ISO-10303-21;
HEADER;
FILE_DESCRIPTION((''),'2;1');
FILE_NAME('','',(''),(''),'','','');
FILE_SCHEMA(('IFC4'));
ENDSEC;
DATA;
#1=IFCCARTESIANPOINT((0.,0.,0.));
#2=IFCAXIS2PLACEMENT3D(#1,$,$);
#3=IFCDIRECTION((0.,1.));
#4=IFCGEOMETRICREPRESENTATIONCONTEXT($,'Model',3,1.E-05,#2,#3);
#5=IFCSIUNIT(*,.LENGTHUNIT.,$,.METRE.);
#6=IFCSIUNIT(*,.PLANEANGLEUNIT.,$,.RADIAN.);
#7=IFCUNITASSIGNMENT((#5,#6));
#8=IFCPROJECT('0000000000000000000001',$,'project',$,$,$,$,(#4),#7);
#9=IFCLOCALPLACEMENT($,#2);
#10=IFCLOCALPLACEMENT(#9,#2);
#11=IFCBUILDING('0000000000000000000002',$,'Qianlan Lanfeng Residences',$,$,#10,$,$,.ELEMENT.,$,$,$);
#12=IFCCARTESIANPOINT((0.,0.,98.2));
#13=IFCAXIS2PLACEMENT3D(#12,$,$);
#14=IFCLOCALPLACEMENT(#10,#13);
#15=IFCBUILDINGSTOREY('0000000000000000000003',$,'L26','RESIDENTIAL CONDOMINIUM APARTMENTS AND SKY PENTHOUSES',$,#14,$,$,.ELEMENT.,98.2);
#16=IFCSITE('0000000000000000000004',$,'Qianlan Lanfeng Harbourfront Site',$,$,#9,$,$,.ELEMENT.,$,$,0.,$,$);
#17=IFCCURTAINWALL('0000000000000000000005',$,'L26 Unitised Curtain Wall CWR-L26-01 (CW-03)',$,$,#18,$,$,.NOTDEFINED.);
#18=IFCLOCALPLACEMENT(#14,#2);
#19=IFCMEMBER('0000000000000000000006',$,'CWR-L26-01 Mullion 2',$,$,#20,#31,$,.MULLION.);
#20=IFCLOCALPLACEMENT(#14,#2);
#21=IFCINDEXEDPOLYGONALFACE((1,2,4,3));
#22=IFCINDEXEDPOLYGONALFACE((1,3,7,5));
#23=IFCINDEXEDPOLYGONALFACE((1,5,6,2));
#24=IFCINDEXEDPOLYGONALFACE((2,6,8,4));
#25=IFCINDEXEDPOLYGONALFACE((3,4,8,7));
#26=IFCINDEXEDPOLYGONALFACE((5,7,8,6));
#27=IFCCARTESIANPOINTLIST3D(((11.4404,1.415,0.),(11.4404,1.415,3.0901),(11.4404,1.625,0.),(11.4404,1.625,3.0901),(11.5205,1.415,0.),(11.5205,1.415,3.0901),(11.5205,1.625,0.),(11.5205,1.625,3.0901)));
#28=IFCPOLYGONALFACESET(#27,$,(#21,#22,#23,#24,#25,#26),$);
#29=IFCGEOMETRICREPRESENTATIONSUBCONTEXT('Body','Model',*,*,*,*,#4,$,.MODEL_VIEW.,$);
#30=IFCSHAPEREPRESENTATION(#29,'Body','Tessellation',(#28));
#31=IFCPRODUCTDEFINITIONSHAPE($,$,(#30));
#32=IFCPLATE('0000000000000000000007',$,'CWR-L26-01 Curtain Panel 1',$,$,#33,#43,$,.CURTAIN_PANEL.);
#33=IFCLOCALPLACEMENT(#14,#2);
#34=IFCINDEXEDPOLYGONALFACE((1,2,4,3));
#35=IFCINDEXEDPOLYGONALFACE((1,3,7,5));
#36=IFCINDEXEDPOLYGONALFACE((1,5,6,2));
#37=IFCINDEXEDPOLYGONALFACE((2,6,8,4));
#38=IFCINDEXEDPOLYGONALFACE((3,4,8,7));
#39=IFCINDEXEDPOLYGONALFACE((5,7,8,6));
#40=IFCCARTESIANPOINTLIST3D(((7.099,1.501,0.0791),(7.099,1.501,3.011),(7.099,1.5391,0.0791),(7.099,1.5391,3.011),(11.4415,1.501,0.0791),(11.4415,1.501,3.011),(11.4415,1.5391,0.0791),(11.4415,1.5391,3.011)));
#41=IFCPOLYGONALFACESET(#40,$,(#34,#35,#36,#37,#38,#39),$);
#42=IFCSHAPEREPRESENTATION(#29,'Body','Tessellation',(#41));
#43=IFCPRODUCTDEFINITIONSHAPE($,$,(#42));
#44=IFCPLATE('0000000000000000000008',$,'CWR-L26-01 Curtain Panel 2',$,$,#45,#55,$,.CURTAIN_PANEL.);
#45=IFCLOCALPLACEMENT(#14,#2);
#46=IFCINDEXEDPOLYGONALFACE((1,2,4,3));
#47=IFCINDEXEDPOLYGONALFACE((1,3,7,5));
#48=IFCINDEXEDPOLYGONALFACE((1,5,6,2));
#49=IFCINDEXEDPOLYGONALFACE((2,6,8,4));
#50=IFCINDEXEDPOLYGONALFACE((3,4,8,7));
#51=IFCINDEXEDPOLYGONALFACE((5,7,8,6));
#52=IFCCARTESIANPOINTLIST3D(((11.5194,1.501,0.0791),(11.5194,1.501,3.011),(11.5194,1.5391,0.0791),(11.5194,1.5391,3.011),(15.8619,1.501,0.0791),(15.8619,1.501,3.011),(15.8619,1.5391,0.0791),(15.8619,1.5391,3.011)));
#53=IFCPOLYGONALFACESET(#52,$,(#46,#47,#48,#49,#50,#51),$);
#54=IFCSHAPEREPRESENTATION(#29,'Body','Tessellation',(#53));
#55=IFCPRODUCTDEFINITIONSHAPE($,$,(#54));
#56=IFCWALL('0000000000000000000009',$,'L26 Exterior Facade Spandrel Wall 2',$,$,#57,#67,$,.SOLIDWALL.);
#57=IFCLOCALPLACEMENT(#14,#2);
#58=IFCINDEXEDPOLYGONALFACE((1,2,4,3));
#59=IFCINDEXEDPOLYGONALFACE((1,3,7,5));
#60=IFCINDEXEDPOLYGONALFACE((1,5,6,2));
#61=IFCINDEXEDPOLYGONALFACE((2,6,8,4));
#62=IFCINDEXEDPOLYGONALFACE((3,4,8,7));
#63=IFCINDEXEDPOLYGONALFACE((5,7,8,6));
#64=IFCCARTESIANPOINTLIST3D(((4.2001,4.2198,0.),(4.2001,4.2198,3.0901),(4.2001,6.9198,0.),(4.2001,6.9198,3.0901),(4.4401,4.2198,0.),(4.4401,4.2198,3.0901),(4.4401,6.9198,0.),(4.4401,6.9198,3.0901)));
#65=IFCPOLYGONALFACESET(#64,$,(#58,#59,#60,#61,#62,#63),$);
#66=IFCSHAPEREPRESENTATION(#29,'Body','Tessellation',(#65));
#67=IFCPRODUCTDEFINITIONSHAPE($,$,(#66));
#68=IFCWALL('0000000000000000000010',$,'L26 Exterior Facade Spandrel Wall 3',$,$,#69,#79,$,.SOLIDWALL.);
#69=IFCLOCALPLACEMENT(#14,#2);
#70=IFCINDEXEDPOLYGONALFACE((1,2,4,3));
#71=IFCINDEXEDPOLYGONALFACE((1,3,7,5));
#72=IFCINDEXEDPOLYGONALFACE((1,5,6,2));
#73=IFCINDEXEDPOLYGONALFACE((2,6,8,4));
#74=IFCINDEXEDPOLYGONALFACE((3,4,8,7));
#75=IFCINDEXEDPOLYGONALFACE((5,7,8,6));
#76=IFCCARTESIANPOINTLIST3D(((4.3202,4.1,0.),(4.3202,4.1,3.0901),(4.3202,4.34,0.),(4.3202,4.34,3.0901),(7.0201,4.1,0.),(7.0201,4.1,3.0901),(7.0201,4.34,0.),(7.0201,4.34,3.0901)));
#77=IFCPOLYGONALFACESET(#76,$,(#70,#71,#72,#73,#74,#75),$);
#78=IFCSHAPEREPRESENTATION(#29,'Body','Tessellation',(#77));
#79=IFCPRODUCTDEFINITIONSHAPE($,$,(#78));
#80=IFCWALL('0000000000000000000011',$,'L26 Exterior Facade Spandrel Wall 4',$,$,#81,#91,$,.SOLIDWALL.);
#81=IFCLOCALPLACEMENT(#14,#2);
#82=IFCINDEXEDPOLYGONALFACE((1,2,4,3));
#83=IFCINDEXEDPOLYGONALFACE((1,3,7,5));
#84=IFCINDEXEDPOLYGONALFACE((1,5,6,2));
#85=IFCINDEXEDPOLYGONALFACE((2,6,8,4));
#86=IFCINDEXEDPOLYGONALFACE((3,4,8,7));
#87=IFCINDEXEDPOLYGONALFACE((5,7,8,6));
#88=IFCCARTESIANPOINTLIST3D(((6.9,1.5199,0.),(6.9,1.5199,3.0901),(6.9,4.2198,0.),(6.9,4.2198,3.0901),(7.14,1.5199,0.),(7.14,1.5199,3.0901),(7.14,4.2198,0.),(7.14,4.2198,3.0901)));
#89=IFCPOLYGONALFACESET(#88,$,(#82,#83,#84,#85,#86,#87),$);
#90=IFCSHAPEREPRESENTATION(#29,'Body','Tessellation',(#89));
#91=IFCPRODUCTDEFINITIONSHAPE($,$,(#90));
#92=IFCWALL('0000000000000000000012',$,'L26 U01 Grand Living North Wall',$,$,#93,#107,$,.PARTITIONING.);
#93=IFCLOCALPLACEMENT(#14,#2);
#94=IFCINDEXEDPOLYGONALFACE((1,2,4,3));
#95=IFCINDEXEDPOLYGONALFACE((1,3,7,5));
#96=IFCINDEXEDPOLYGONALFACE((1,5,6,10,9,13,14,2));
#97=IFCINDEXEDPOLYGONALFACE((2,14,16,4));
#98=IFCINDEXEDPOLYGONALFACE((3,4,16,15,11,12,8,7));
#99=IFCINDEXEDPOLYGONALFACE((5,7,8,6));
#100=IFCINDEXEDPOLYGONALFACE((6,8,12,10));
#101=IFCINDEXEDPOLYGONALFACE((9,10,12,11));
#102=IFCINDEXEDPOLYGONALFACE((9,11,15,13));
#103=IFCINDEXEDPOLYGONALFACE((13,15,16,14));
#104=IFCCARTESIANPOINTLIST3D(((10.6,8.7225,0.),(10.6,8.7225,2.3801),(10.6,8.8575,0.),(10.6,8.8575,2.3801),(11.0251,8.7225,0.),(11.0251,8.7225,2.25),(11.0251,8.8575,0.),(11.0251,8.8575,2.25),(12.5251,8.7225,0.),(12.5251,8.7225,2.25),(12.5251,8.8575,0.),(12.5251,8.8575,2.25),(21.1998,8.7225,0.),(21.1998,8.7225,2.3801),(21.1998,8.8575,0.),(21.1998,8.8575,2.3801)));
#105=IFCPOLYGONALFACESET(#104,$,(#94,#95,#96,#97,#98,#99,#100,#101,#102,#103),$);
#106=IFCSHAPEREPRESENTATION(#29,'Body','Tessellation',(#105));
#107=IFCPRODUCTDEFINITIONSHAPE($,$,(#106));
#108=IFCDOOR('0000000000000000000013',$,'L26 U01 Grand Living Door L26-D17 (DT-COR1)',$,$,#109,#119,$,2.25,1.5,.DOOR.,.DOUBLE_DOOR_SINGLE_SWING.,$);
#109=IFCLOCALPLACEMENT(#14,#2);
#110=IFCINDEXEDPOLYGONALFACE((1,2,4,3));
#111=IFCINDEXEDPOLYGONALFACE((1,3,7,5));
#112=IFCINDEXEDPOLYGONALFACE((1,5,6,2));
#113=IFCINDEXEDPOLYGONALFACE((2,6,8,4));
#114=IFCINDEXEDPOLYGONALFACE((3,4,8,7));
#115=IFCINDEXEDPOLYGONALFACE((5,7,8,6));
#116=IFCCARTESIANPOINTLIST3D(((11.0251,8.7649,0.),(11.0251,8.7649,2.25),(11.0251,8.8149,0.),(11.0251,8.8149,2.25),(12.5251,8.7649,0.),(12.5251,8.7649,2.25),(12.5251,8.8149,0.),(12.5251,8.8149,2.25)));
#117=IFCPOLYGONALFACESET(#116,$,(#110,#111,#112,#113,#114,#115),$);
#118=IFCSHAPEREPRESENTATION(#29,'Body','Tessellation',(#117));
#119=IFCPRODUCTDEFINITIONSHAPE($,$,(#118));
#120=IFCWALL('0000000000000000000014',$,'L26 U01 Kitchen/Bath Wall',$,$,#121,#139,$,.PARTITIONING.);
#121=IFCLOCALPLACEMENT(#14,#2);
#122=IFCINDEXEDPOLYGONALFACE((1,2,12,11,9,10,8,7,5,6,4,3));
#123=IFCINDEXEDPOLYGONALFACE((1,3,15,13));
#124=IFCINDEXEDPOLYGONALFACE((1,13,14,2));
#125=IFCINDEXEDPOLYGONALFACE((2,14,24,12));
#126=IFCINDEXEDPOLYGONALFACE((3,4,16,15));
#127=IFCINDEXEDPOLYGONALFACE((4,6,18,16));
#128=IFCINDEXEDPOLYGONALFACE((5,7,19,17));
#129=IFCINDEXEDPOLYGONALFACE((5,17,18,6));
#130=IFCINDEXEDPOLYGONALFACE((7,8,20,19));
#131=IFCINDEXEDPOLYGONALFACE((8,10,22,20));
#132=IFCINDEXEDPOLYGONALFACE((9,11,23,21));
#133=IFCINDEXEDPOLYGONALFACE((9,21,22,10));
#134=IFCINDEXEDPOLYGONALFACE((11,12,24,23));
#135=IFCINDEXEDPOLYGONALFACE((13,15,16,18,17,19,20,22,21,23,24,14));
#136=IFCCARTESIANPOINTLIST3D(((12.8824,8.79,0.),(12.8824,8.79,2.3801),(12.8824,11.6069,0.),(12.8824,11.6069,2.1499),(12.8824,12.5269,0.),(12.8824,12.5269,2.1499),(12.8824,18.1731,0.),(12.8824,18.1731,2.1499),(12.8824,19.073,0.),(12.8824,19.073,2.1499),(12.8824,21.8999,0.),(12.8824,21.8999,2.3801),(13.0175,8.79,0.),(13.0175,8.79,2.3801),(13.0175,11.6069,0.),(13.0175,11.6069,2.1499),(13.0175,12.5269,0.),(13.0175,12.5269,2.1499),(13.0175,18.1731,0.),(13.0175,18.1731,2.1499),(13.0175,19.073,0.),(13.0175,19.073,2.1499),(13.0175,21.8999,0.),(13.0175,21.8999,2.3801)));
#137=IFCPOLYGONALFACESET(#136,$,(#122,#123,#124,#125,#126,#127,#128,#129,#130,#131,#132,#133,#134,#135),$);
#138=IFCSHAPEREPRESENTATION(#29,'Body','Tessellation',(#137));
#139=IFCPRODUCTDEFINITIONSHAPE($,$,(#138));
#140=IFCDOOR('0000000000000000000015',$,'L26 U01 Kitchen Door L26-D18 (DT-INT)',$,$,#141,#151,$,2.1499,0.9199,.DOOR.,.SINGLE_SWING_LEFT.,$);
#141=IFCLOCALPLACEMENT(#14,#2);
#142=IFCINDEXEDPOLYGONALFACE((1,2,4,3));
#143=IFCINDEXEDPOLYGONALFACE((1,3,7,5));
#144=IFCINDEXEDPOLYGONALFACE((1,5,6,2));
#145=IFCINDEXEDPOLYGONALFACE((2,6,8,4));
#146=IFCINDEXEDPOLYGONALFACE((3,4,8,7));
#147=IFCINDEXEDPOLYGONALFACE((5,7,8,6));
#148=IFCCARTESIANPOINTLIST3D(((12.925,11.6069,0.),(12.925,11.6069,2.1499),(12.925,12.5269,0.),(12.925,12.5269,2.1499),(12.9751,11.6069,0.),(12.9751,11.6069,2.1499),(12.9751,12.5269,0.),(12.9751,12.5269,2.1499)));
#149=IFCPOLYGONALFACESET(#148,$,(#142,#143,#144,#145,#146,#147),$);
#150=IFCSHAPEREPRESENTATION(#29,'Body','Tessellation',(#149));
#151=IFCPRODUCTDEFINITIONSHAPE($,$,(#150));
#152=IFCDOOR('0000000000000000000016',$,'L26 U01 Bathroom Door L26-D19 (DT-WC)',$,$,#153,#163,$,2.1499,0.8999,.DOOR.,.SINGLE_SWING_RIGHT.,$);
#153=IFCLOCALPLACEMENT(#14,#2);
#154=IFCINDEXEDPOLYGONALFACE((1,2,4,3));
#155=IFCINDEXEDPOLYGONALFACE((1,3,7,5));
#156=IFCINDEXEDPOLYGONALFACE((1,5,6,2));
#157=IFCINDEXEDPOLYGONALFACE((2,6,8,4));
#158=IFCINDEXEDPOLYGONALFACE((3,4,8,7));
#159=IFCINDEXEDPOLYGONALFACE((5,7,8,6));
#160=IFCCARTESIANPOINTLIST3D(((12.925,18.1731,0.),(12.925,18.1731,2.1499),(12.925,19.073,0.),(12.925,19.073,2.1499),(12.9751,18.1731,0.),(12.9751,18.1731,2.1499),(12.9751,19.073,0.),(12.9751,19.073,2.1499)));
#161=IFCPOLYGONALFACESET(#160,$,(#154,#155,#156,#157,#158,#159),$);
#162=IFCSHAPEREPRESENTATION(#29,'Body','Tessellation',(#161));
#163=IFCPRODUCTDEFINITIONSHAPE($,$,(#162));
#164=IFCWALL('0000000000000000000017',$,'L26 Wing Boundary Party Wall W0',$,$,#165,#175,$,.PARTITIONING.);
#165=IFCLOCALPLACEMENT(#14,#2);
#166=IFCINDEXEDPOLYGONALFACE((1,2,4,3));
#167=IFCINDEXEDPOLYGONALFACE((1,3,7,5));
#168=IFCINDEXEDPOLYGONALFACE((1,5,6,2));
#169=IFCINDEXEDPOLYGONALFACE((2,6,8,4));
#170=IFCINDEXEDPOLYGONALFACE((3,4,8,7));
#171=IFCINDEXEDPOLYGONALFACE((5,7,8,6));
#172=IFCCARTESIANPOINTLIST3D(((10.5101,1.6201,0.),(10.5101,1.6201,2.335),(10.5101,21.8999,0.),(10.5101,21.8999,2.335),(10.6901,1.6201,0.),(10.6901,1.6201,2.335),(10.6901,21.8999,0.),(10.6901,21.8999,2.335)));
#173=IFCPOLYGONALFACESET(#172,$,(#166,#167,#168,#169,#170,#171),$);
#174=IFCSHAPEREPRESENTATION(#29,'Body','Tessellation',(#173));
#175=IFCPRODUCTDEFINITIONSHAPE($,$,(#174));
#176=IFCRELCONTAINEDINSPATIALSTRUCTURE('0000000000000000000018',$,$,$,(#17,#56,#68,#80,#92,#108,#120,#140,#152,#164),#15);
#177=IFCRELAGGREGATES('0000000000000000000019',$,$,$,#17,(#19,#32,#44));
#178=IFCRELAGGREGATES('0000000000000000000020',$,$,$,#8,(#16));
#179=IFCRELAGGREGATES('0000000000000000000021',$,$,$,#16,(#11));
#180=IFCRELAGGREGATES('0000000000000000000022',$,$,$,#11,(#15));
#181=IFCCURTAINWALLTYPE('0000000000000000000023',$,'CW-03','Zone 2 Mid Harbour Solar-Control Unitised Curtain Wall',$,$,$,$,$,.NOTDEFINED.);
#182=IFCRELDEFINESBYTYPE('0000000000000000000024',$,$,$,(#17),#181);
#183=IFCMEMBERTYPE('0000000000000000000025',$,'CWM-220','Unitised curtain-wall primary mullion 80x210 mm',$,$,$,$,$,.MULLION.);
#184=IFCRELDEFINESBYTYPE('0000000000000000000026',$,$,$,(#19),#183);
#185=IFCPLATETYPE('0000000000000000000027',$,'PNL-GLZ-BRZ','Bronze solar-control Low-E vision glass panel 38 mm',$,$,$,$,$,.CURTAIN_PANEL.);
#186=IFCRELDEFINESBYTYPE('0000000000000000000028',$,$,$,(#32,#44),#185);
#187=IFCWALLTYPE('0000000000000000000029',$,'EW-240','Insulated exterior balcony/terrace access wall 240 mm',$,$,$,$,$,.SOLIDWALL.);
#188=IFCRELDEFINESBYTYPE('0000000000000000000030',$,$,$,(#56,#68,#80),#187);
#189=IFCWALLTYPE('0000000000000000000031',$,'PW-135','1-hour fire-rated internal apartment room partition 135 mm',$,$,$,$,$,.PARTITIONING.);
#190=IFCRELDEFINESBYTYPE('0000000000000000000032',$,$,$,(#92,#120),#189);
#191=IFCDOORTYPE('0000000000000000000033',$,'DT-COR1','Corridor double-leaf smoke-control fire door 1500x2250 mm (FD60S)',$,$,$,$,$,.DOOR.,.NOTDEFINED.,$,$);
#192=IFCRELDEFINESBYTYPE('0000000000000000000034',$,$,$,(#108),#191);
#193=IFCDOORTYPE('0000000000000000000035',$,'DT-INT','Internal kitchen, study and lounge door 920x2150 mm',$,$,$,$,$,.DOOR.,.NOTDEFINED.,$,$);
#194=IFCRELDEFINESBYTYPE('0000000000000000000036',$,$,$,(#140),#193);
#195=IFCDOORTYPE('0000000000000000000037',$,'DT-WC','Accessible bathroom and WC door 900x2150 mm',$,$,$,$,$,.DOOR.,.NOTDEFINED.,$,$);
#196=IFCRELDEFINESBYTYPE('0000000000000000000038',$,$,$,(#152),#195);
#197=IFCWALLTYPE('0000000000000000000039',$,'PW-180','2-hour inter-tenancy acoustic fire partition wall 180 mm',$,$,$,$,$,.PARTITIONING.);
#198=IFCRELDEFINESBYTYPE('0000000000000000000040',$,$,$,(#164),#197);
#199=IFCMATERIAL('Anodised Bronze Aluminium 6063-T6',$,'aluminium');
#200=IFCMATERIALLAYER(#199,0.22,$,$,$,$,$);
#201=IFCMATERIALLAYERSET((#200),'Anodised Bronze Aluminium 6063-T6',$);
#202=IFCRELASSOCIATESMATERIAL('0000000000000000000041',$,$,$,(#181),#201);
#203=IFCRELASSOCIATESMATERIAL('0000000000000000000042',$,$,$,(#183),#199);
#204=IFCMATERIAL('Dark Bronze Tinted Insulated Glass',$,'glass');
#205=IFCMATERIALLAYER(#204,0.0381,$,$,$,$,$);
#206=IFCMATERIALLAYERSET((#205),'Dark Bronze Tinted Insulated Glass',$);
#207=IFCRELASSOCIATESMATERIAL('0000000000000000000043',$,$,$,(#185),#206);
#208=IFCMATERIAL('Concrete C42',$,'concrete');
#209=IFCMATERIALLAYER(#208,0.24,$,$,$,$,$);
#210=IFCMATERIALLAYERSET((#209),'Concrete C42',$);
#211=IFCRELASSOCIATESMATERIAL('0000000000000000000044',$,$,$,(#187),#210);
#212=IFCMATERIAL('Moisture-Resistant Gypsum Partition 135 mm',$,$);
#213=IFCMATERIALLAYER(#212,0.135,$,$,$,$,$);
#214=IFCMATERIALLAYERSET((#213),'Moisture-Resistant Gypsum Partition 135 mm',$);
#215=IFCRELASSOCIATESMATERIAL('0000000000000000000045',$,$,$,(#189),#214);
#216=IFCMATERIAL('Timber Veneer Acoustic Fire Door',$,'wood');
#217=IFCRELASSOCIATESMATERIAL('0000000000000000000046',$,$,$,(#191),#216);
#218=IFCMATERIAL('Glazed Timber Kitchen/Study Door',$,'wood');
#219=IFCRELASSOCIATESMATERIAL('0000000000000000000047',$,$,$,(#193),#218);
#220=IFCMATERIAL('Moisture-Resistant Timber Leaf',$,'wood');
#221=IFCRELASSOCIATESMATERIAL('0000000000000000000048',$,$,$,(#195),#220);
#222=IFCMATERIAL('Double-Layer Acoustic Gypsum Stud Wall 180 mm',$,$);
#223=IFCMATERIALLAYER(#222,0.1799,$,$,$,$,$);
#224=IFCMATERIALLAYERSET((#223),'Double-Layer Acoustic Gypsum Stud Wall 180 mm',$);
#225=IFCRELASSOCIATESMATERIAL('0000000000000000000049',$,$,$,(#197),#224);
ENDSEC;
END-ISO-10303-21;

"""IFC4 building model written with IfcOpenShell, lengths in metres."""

from ifc_helpers import new_model, si_unit, direction, frame, frame_2d, origin, origin_2d, place, context, subcontext, project, spatial, rectangle, extrude, source, transform, mapped, material, layer, layer_set, material_profile, profile_set, type_object, element, fill, aggregate, save


model = new_model("IFC4")

# Units and contexts
model_context = context("Model", 3, precision=1e-05, world=origin(), true_north=direction((0.0, 1.0)))
body_context = subcontext(model_context, "Body", "Model", "MODEL_VIEW")
ifc_project = project(units=[si_unit("LENGTHUNIT", "METRE"), si_unit("PLANEANGLEUNIT", "RADIAN")], contexts=[model_context])

# Site, building, storey
site_placement = place(None, origin())
site = spatial("IfcSite", under=ifc_project, at=site_placement, Name="Qianlan Lanfeng Harbourfront Site", CompositionType="ELEMENT", RefElevation=0.0)
building_placement = place(site_placement, origin())
building = spatial("IfcBuilding", under=site, at=building_placement, Name="Qianlan Lanfeng Residences", CompositionType="ELEMENT")
storey_placement = place(building_placement, frame((0.0, 0.0, 98.2)))
storey = spatial("IfcBuildingStorey", under=building, at=storey_placement, Name="L26", Description="RESIDENTIAL CONDOMINIUM APARTMENTS AND SKY PENTHOUSES", CompositionType="ELEMENT", Elevation=98.2)

# Curtain wall, member, plates
ifc_material_1 = material(Name="Anodised Bronze Aluminium 6063-T6", Category="aluminium")
ifc_layer_1 = layer(ifc_material_1, 0.22)
ifc_layer_set_1 = layer_set([ifc_layer_1], Name="Anodised Bronze Aluminium 6063-T6")
curtain_wall_type = type_object("IfcCurtainWallType", Name="CW-03", Description="Zone 2 Mid Harbour Solar-Control Unitised Curtain Wall", PredefinedType="NOTDEFINED", material=ifc_layer_set_1)
curtain_wall_placement = place(storey_placement, origin())
curtain_wall = element("IfcCurtainWall", 1, at=curtain_wall_placement, inside=storey, type_object=curtain_wall_type, Name="L26 Unitised Curtain Wall CWR-L26-01 (CW-03)", PredefinedType="NOTDEFINED")
ifc_material_profile_1 = material_profile(ifc_material_1, rectangle(XDim=0.0801, YDim=0.21, at=origin_2d()), Name="ALU MULLION 80x210")
ifc_profile_set_1 = profile_set([ifc_material_profile_1], Name="Anodised Bronze Aluminium 6063-T6")
member_type_1 = type_object("IfcMemberType", Name="CWM-220", Description="Unitised curtain-wall primary mullion 80x210 mm", PredefinedType="MULLION", material=ifc_profile_set_1)
shared_shape_1 = source(origin(), body_context, "Body", "SweptSolid", [
    extrude(rectangle(XDim=0.0801, YDim=0.21, at=origin_2d()), origin(), (0.0, 0.0, 1.0), 3.0901),
])
member_1_placement = place(storey_placement, frame((11.4805, 1.52, 0.0), z_axis=(0.0, 0.0, 1.0), x_axis=(1.0, 0.0, 0.0)))
member_1 = element("IfcMember", 2, at=member_1_placement, type_object=member_type_1, Name="CWR-L26-01 Mullion 2", PredefinedType="MULLION", context=body_context, shape_type="MappedRepresentation", body=[
    mapped(shared_shape_1, transform((0.0, 0.0, 0.0), scale=1.0)),
])
ifc_material_2 = material(Name="Dark Bronze Tinted Insulated Glass", Category="glass")
ifc_layer_2 = layer(ifc_material_2, 0.0381)
ifc_layer_set_2 = layer_set([ifc_layer_2], Name="Dark Bronze Tinted Insulated Glass")
plate_type = type_object("IfcPlateType", Name="PNL-GLZ-BRZ", Description="Bronze solar-control Low-E vision glass panel 38 mm", PredefinedType="CURTAIN_PANEL", material=ifc_layer_set_2)
shared_shape_2 = source(origin(), body_context, "Body", "SweptSolid", [
    extrude(rectangle(XDim=4.3425, YDim=0.0381, at=origin_2d()), origin(), (0.0, 0.0, 1.0), 2.9319),
])
plate_1_placement = place(storey_placement, frame((9.2703, 1.52, 0.0791), z_axis=(0.0, 0.0, 1.0), x_axis=(1.0, 0.0, 0.0)))
plate_1 = element("IfcPlate", 3, at=plate_1_placement, type_object=plate_type, Name="CWR-L26-01 Curtain Panel 1", PredefinedType="CURTAIN_PANEL", context=body_context, shape_type="MappedRepresentation", body=[
    mapped(shared_shape_2, transform((0.0, 0.0, 0.0), scale=1.0)),
])
plate_2_placement = place(storey_placement, frame((13.6907, 1.52, 0.0791), z_axis=(0.0, 0.0, 1.0), x_axis=(1.0, 0.0, 0.0)))
plate_2 = element("IfcPlate", 4, at=plate_2_placement, type_object=plate_type, Name="CWR-L26-01 Curtain Panel 2", PredefinedType="CURTAIN_PANEL", context=body_context, shape_type="MappedRepresentation", body=[
    mapped(shared_shape_2, transform((0.0, 0.0, 0.0), scale=1.0)),
])
aggregate(curtain_wall, [member_1, plate_1, plate_2])

# Walls
ifc_material_3 = material(Name="Concrete C42", Category="concrete")
ifc_layer_3 = layer(ifc_material_3, 0.24)
ifc_layer_set_3 = layer_set([ifc_layer_3], Name="Concrete C42")
wall_type_1 = type_object("IfcWallType", Name="EW-240", Description="Insulated exterior balcony/terrace access wall 240 mm", PredefinedType="SOLIDWALL", material=ifc_layer_set_3)
for number, where, z_axis, x_axis, name in (
    (5, (4.3201, 6.9199, 0.0), (0.0, 0.0, 1.0), (0.0, -1.0, 0.0), "L26 Exterior Facade Spandrel Wall 2"),
    (6, (4.3201, 4.22, 0.0), (0.0, 0.0, 1.0), (1.0, 0.0, 0.0), "L26 Exterior Facade Spandrel Wall 3"),
    (7, (7.02, 4.22, 0.0), (0.0, 0.0, 1.0), (0.0, -1.0, 0.0), "L26 Exterior Facade Spandrel Wall 4"),
):
    element("IfcWall", number, at=place(storey_placement, frame(where, z_axis=z_axis, x_axis=x_axis)), inside=storey, type_object=wall_type_1, Name=name, PredefinedType="SOLIDWALL", context=body_context, shape_type="SweptSolid", body=[
        extrude(rectangle(XDim=2.7, YDim=0.24, at=frame_2d((1.3501, 0.0))), origin(), (0.0, 0.0, 1.0), 3.0901),
    ])

# Wall, opening, door
ifc_material_4 = material(Name="Moisture-Resistant Gypsum Partition 135 mm")
ifc_layer_4 = layer(ifc_material_4, 0.135)
ifc_layer_set_4 = layer_set([ifc_layer_4], Name="Moisture-Resistant Gypsum Partition 135 mm")
wall_type_2 = type_object("IfcWallType", Name="PW-135", Description="1-hour fire-rated internal apartment room partition 135 mm", PredefinedType="PARTITIONING", material=ifc_layer_set_4)
wall_1_placement = place(storey_placement, frame((10.6001, 8.79, 0.0), z_axis=(0.0, 0.0, 1.0), x_axis=(1.0, 0.0, 0.0)))
wall_1 = element("IfcWall", 8, at=wall_1_placement, inside=storey, type_object=wall_type_2, Name="L26 U01 Grand Living North Wall", PredefinedType="PARTITIONING", context=body_context, shape_type="SweptSolid", body=[
    extrude(rectangle(XDim=10.5999, YDim=0.135, at=frame_2d((5.2998, 0.0))), origin(), (0.0, 0.0, 1.0), 2.3801),
])
opening_1_placement = place(wall_1_placement, frame((0.425, 0.0, 0.0)))
opening_1 = element("IfcOpeningElement", 9, at=opening_1_placement, cuts=wall_1, PredefinedType="OPENING", context=body_context, shape_type="SweptSolid", body=[
    extrude(rectangle(XDim=1.5, YDim=2.25, at=frame_2d((0.75, 1.125))), frame((0.0, 0.0776, 0.0), z_axis=(0.0, -1.0, 0.0), x_axis=(1.0, 0.0, 0.0)), (0.0, 0.0, 1.0), 0.155),
])
ifc_material_5 = material(Name="Timber Veneer Acoustic Fire Door", Category="wood")
door_type_1 = type_object("IfcDoorType", Name="DT-COR1", Description="Corridor double-leaf smoke-control fire door 1500x2250 mm (FD60S)", OperationType="NOTDEFINED", PredefinedType="DOOR", material=ifc_material_5)
door_1_placement = place(opening_1_placement, origin())
door_1 = element("IfcDoor", 10, at=door_1_placement, inside=storey, type_object=door_type_1, Name="L26 U01 Grand Living Door L26-D17 (DT-COR1)", OperationType="DOUBLE_DOOR_SINGLE_SWING", OverallHeight=2.25, OverallWidth=1.5, PredefinedType="DOOR", context=body_context, shape_type="SweptSolid", body=[
    extrude(rectangle(XDim=1.5, YDim=2.25, at=frame_2d((0.75, 1.125))), frame((0.0, 0.0249, 0.0), z_axis=(0.0, -1.0, 0.0), x_axis=(1.0, 0.0, 0.0)), (0.0, 0.0, 1.0), 0.05),
])
fill(opening_1, door_1)

# Wall, openings, doors
wall_2_placement = place(storey_placement, frame((12.95, 8.79, 0.0), z_axis=(0.0, 0.0, 1.0), x_axis=(0.0, 1.0, 0.0)))
wall_2 = element("IfcWall", 11, at=wall_2_placement, inside=storey, type_object=wall_type_2, Name="L26 U01 Kitchen/Bath Wall", PredefinedType="PARTITIONING", context=body_context, shape_type="SweptSolid", body=[
    extrude(rectangle(XDim=13.1099, YDim=0.135, at=frame_2d((6.5549, 0.0))), origin(), (0.0, 0.0, 1.0), 2.3801),
])
opening_2_placement = place(wall_2_placement, frame((2.8169, 0.0, 0.0)))
opening_2 = element("IfcOpeningElement", 12, at=opening_2_placement, cuts=wall_2, PredefinedType="OPENING", context=body_context, shape_type="SweptSolid", body=[
    extrude(rectangle(XDim=0.9199, YDim=2.1499, at=frame_2d((0.46, 1.075))), frame((0.0, 0.0776, 0.0), z_axis=(0.0, -1.0, 0.0), x_axis=(1.0, 0.0, 0.0)), (0.0, 0.0, 1.0), 0.155),
])
opening_3_placement = place(wall_2_placement, frame((9.3831, 0.0, 0.0)))
opening_3 = element("IfcOpeningElement", 13, at=opening_3_placement, cuts=wall_2, PredefinedType="OPENING", context=body_context, shape_type="SweptSolid", body=[
    extrude(rectangle(XDim=0.8999, YDim=2.1499, at=frame_2d((0.45, 1.075))), frame((0.0, 0.0776, 0.0), z_axis=(0.0, -1.0, 0.0), x_axis=(1.0, 0.0, 0.0)), (0.0, 0.0, 1.0), 0.155),
])
ifc_material_6 = material(Name="Glazed Timber Kitchen/Study Door", Category="wood")
door_type_2 = type_object("IfcDoorType", Name="DT-INT", Description="Internal kitchen, study and lounge door 920x2150 mm", OperationType="NOTDEFINED", PredefinedType="DOOR", material=ifc_material_6)
door_2_placement = place(opening_2_placement, origin())
door_2 = element("IfcDoor", 14, at=door_2_placement, inside=storey, type_object=door_type_2, Name="L26 U01 Kitchen Door L26-D18 (DT-INT)", OperationType="SINGLE_SWING_LEFT", OverallHeight=2.1499, OverallWidth=0.9199, PredefinedType="DOOR", context=body_context, shape_type="SweptSolid", body=[
    extrude(rectangle(XDim=0.9199, YDim=2.1499, at=frame_2d((0.46, 1.075))), frame((0.0, 0.0249, 0.0), z_axis=(0.0, -1.0, 0.0), x_axis=(1.0, 0.0, 0.0)), (0.0, 0.0, 1.0), 0.05),
])
fill(opening_2, door_2)
ifc_material_7 = material(Name="Moisture-Resistant Timber Leaf", Category="wood")
door_type_3 = type_object("IfcDoorType", Name="DT-WC", Description="Accessible bathroom and WC door 900x2150 mm", OperationType="NOTDEFINED", PredefinedType="DOOR", material=ifc_material_7)
door_3_placement = place(opening_3_placement, origin())
door_3 = element("IfcDoor", 15, at=door_3_placement, inside=storey, type_object=door_type_3, Name="L26 U01 Bathroom Door L26-D19 (DT-WC)", OperationType="SINGLE_SWING_RIGHT", OverallHeight=2.1499, OverallWidth=0.8999, PredefinedType="DOOR", context=body_context, shape_type="SweptSolid", body=[
    extrude(rectangle(XDim=0.8999, YDim=2.1499, at=frame_2d((0.45, 1.075))), frame((0.0, 0.0249, 0.0), z_axis=(0.0, -1.0, 0.0), x_axis=(1.0, 0.0, 0.0)), (0.0, 0.0, 1.0), 0.05),
])
fill(opening_3, door_3)

# Wall
ifc_material_8 = material(Name="Double-Layer Acoustic Gypsum Stud Wall 180 mm")
ifc_layer_5 = layer(ifc_material_8, 0.1799)
ifc_layer_set_5 = layer_set([ifc_layer_5], Name="Double-Layer Acoustic Gypsum Stud Wall 180 mm")
wall_type_3 = type_object("IfcWallType", Name="PW-180", Description="2-hour inter-tenancy acoustic fire partition wall 180 mm", PredefinedType="PARTITIONING", material=ifc_layer_set_5)
wall_3_placement = place(storey_placement, frame((10.6001, 1.6201, 0.0), z_axis=(0.0, 0.0, 1.0), x_axis=(0.0, 1.0, 0.0)))
element("IfcWall", 16, at=wall_3_placement, inside=storey, type_object=wall_type_3, Name="L26 Wing Boundary Party Wall W0", PredefinedType="PARTITIONING", context=body_context, shape_type="SweptSolid", body=[
    extrude(rectangle(XDim=20.2798, YDim=0.1799, at=frame_2d((10.1399, 0.0))), origin(), (0.0, 0.0, 1.0), 2.335),
])

save(model, "model.ifc")
